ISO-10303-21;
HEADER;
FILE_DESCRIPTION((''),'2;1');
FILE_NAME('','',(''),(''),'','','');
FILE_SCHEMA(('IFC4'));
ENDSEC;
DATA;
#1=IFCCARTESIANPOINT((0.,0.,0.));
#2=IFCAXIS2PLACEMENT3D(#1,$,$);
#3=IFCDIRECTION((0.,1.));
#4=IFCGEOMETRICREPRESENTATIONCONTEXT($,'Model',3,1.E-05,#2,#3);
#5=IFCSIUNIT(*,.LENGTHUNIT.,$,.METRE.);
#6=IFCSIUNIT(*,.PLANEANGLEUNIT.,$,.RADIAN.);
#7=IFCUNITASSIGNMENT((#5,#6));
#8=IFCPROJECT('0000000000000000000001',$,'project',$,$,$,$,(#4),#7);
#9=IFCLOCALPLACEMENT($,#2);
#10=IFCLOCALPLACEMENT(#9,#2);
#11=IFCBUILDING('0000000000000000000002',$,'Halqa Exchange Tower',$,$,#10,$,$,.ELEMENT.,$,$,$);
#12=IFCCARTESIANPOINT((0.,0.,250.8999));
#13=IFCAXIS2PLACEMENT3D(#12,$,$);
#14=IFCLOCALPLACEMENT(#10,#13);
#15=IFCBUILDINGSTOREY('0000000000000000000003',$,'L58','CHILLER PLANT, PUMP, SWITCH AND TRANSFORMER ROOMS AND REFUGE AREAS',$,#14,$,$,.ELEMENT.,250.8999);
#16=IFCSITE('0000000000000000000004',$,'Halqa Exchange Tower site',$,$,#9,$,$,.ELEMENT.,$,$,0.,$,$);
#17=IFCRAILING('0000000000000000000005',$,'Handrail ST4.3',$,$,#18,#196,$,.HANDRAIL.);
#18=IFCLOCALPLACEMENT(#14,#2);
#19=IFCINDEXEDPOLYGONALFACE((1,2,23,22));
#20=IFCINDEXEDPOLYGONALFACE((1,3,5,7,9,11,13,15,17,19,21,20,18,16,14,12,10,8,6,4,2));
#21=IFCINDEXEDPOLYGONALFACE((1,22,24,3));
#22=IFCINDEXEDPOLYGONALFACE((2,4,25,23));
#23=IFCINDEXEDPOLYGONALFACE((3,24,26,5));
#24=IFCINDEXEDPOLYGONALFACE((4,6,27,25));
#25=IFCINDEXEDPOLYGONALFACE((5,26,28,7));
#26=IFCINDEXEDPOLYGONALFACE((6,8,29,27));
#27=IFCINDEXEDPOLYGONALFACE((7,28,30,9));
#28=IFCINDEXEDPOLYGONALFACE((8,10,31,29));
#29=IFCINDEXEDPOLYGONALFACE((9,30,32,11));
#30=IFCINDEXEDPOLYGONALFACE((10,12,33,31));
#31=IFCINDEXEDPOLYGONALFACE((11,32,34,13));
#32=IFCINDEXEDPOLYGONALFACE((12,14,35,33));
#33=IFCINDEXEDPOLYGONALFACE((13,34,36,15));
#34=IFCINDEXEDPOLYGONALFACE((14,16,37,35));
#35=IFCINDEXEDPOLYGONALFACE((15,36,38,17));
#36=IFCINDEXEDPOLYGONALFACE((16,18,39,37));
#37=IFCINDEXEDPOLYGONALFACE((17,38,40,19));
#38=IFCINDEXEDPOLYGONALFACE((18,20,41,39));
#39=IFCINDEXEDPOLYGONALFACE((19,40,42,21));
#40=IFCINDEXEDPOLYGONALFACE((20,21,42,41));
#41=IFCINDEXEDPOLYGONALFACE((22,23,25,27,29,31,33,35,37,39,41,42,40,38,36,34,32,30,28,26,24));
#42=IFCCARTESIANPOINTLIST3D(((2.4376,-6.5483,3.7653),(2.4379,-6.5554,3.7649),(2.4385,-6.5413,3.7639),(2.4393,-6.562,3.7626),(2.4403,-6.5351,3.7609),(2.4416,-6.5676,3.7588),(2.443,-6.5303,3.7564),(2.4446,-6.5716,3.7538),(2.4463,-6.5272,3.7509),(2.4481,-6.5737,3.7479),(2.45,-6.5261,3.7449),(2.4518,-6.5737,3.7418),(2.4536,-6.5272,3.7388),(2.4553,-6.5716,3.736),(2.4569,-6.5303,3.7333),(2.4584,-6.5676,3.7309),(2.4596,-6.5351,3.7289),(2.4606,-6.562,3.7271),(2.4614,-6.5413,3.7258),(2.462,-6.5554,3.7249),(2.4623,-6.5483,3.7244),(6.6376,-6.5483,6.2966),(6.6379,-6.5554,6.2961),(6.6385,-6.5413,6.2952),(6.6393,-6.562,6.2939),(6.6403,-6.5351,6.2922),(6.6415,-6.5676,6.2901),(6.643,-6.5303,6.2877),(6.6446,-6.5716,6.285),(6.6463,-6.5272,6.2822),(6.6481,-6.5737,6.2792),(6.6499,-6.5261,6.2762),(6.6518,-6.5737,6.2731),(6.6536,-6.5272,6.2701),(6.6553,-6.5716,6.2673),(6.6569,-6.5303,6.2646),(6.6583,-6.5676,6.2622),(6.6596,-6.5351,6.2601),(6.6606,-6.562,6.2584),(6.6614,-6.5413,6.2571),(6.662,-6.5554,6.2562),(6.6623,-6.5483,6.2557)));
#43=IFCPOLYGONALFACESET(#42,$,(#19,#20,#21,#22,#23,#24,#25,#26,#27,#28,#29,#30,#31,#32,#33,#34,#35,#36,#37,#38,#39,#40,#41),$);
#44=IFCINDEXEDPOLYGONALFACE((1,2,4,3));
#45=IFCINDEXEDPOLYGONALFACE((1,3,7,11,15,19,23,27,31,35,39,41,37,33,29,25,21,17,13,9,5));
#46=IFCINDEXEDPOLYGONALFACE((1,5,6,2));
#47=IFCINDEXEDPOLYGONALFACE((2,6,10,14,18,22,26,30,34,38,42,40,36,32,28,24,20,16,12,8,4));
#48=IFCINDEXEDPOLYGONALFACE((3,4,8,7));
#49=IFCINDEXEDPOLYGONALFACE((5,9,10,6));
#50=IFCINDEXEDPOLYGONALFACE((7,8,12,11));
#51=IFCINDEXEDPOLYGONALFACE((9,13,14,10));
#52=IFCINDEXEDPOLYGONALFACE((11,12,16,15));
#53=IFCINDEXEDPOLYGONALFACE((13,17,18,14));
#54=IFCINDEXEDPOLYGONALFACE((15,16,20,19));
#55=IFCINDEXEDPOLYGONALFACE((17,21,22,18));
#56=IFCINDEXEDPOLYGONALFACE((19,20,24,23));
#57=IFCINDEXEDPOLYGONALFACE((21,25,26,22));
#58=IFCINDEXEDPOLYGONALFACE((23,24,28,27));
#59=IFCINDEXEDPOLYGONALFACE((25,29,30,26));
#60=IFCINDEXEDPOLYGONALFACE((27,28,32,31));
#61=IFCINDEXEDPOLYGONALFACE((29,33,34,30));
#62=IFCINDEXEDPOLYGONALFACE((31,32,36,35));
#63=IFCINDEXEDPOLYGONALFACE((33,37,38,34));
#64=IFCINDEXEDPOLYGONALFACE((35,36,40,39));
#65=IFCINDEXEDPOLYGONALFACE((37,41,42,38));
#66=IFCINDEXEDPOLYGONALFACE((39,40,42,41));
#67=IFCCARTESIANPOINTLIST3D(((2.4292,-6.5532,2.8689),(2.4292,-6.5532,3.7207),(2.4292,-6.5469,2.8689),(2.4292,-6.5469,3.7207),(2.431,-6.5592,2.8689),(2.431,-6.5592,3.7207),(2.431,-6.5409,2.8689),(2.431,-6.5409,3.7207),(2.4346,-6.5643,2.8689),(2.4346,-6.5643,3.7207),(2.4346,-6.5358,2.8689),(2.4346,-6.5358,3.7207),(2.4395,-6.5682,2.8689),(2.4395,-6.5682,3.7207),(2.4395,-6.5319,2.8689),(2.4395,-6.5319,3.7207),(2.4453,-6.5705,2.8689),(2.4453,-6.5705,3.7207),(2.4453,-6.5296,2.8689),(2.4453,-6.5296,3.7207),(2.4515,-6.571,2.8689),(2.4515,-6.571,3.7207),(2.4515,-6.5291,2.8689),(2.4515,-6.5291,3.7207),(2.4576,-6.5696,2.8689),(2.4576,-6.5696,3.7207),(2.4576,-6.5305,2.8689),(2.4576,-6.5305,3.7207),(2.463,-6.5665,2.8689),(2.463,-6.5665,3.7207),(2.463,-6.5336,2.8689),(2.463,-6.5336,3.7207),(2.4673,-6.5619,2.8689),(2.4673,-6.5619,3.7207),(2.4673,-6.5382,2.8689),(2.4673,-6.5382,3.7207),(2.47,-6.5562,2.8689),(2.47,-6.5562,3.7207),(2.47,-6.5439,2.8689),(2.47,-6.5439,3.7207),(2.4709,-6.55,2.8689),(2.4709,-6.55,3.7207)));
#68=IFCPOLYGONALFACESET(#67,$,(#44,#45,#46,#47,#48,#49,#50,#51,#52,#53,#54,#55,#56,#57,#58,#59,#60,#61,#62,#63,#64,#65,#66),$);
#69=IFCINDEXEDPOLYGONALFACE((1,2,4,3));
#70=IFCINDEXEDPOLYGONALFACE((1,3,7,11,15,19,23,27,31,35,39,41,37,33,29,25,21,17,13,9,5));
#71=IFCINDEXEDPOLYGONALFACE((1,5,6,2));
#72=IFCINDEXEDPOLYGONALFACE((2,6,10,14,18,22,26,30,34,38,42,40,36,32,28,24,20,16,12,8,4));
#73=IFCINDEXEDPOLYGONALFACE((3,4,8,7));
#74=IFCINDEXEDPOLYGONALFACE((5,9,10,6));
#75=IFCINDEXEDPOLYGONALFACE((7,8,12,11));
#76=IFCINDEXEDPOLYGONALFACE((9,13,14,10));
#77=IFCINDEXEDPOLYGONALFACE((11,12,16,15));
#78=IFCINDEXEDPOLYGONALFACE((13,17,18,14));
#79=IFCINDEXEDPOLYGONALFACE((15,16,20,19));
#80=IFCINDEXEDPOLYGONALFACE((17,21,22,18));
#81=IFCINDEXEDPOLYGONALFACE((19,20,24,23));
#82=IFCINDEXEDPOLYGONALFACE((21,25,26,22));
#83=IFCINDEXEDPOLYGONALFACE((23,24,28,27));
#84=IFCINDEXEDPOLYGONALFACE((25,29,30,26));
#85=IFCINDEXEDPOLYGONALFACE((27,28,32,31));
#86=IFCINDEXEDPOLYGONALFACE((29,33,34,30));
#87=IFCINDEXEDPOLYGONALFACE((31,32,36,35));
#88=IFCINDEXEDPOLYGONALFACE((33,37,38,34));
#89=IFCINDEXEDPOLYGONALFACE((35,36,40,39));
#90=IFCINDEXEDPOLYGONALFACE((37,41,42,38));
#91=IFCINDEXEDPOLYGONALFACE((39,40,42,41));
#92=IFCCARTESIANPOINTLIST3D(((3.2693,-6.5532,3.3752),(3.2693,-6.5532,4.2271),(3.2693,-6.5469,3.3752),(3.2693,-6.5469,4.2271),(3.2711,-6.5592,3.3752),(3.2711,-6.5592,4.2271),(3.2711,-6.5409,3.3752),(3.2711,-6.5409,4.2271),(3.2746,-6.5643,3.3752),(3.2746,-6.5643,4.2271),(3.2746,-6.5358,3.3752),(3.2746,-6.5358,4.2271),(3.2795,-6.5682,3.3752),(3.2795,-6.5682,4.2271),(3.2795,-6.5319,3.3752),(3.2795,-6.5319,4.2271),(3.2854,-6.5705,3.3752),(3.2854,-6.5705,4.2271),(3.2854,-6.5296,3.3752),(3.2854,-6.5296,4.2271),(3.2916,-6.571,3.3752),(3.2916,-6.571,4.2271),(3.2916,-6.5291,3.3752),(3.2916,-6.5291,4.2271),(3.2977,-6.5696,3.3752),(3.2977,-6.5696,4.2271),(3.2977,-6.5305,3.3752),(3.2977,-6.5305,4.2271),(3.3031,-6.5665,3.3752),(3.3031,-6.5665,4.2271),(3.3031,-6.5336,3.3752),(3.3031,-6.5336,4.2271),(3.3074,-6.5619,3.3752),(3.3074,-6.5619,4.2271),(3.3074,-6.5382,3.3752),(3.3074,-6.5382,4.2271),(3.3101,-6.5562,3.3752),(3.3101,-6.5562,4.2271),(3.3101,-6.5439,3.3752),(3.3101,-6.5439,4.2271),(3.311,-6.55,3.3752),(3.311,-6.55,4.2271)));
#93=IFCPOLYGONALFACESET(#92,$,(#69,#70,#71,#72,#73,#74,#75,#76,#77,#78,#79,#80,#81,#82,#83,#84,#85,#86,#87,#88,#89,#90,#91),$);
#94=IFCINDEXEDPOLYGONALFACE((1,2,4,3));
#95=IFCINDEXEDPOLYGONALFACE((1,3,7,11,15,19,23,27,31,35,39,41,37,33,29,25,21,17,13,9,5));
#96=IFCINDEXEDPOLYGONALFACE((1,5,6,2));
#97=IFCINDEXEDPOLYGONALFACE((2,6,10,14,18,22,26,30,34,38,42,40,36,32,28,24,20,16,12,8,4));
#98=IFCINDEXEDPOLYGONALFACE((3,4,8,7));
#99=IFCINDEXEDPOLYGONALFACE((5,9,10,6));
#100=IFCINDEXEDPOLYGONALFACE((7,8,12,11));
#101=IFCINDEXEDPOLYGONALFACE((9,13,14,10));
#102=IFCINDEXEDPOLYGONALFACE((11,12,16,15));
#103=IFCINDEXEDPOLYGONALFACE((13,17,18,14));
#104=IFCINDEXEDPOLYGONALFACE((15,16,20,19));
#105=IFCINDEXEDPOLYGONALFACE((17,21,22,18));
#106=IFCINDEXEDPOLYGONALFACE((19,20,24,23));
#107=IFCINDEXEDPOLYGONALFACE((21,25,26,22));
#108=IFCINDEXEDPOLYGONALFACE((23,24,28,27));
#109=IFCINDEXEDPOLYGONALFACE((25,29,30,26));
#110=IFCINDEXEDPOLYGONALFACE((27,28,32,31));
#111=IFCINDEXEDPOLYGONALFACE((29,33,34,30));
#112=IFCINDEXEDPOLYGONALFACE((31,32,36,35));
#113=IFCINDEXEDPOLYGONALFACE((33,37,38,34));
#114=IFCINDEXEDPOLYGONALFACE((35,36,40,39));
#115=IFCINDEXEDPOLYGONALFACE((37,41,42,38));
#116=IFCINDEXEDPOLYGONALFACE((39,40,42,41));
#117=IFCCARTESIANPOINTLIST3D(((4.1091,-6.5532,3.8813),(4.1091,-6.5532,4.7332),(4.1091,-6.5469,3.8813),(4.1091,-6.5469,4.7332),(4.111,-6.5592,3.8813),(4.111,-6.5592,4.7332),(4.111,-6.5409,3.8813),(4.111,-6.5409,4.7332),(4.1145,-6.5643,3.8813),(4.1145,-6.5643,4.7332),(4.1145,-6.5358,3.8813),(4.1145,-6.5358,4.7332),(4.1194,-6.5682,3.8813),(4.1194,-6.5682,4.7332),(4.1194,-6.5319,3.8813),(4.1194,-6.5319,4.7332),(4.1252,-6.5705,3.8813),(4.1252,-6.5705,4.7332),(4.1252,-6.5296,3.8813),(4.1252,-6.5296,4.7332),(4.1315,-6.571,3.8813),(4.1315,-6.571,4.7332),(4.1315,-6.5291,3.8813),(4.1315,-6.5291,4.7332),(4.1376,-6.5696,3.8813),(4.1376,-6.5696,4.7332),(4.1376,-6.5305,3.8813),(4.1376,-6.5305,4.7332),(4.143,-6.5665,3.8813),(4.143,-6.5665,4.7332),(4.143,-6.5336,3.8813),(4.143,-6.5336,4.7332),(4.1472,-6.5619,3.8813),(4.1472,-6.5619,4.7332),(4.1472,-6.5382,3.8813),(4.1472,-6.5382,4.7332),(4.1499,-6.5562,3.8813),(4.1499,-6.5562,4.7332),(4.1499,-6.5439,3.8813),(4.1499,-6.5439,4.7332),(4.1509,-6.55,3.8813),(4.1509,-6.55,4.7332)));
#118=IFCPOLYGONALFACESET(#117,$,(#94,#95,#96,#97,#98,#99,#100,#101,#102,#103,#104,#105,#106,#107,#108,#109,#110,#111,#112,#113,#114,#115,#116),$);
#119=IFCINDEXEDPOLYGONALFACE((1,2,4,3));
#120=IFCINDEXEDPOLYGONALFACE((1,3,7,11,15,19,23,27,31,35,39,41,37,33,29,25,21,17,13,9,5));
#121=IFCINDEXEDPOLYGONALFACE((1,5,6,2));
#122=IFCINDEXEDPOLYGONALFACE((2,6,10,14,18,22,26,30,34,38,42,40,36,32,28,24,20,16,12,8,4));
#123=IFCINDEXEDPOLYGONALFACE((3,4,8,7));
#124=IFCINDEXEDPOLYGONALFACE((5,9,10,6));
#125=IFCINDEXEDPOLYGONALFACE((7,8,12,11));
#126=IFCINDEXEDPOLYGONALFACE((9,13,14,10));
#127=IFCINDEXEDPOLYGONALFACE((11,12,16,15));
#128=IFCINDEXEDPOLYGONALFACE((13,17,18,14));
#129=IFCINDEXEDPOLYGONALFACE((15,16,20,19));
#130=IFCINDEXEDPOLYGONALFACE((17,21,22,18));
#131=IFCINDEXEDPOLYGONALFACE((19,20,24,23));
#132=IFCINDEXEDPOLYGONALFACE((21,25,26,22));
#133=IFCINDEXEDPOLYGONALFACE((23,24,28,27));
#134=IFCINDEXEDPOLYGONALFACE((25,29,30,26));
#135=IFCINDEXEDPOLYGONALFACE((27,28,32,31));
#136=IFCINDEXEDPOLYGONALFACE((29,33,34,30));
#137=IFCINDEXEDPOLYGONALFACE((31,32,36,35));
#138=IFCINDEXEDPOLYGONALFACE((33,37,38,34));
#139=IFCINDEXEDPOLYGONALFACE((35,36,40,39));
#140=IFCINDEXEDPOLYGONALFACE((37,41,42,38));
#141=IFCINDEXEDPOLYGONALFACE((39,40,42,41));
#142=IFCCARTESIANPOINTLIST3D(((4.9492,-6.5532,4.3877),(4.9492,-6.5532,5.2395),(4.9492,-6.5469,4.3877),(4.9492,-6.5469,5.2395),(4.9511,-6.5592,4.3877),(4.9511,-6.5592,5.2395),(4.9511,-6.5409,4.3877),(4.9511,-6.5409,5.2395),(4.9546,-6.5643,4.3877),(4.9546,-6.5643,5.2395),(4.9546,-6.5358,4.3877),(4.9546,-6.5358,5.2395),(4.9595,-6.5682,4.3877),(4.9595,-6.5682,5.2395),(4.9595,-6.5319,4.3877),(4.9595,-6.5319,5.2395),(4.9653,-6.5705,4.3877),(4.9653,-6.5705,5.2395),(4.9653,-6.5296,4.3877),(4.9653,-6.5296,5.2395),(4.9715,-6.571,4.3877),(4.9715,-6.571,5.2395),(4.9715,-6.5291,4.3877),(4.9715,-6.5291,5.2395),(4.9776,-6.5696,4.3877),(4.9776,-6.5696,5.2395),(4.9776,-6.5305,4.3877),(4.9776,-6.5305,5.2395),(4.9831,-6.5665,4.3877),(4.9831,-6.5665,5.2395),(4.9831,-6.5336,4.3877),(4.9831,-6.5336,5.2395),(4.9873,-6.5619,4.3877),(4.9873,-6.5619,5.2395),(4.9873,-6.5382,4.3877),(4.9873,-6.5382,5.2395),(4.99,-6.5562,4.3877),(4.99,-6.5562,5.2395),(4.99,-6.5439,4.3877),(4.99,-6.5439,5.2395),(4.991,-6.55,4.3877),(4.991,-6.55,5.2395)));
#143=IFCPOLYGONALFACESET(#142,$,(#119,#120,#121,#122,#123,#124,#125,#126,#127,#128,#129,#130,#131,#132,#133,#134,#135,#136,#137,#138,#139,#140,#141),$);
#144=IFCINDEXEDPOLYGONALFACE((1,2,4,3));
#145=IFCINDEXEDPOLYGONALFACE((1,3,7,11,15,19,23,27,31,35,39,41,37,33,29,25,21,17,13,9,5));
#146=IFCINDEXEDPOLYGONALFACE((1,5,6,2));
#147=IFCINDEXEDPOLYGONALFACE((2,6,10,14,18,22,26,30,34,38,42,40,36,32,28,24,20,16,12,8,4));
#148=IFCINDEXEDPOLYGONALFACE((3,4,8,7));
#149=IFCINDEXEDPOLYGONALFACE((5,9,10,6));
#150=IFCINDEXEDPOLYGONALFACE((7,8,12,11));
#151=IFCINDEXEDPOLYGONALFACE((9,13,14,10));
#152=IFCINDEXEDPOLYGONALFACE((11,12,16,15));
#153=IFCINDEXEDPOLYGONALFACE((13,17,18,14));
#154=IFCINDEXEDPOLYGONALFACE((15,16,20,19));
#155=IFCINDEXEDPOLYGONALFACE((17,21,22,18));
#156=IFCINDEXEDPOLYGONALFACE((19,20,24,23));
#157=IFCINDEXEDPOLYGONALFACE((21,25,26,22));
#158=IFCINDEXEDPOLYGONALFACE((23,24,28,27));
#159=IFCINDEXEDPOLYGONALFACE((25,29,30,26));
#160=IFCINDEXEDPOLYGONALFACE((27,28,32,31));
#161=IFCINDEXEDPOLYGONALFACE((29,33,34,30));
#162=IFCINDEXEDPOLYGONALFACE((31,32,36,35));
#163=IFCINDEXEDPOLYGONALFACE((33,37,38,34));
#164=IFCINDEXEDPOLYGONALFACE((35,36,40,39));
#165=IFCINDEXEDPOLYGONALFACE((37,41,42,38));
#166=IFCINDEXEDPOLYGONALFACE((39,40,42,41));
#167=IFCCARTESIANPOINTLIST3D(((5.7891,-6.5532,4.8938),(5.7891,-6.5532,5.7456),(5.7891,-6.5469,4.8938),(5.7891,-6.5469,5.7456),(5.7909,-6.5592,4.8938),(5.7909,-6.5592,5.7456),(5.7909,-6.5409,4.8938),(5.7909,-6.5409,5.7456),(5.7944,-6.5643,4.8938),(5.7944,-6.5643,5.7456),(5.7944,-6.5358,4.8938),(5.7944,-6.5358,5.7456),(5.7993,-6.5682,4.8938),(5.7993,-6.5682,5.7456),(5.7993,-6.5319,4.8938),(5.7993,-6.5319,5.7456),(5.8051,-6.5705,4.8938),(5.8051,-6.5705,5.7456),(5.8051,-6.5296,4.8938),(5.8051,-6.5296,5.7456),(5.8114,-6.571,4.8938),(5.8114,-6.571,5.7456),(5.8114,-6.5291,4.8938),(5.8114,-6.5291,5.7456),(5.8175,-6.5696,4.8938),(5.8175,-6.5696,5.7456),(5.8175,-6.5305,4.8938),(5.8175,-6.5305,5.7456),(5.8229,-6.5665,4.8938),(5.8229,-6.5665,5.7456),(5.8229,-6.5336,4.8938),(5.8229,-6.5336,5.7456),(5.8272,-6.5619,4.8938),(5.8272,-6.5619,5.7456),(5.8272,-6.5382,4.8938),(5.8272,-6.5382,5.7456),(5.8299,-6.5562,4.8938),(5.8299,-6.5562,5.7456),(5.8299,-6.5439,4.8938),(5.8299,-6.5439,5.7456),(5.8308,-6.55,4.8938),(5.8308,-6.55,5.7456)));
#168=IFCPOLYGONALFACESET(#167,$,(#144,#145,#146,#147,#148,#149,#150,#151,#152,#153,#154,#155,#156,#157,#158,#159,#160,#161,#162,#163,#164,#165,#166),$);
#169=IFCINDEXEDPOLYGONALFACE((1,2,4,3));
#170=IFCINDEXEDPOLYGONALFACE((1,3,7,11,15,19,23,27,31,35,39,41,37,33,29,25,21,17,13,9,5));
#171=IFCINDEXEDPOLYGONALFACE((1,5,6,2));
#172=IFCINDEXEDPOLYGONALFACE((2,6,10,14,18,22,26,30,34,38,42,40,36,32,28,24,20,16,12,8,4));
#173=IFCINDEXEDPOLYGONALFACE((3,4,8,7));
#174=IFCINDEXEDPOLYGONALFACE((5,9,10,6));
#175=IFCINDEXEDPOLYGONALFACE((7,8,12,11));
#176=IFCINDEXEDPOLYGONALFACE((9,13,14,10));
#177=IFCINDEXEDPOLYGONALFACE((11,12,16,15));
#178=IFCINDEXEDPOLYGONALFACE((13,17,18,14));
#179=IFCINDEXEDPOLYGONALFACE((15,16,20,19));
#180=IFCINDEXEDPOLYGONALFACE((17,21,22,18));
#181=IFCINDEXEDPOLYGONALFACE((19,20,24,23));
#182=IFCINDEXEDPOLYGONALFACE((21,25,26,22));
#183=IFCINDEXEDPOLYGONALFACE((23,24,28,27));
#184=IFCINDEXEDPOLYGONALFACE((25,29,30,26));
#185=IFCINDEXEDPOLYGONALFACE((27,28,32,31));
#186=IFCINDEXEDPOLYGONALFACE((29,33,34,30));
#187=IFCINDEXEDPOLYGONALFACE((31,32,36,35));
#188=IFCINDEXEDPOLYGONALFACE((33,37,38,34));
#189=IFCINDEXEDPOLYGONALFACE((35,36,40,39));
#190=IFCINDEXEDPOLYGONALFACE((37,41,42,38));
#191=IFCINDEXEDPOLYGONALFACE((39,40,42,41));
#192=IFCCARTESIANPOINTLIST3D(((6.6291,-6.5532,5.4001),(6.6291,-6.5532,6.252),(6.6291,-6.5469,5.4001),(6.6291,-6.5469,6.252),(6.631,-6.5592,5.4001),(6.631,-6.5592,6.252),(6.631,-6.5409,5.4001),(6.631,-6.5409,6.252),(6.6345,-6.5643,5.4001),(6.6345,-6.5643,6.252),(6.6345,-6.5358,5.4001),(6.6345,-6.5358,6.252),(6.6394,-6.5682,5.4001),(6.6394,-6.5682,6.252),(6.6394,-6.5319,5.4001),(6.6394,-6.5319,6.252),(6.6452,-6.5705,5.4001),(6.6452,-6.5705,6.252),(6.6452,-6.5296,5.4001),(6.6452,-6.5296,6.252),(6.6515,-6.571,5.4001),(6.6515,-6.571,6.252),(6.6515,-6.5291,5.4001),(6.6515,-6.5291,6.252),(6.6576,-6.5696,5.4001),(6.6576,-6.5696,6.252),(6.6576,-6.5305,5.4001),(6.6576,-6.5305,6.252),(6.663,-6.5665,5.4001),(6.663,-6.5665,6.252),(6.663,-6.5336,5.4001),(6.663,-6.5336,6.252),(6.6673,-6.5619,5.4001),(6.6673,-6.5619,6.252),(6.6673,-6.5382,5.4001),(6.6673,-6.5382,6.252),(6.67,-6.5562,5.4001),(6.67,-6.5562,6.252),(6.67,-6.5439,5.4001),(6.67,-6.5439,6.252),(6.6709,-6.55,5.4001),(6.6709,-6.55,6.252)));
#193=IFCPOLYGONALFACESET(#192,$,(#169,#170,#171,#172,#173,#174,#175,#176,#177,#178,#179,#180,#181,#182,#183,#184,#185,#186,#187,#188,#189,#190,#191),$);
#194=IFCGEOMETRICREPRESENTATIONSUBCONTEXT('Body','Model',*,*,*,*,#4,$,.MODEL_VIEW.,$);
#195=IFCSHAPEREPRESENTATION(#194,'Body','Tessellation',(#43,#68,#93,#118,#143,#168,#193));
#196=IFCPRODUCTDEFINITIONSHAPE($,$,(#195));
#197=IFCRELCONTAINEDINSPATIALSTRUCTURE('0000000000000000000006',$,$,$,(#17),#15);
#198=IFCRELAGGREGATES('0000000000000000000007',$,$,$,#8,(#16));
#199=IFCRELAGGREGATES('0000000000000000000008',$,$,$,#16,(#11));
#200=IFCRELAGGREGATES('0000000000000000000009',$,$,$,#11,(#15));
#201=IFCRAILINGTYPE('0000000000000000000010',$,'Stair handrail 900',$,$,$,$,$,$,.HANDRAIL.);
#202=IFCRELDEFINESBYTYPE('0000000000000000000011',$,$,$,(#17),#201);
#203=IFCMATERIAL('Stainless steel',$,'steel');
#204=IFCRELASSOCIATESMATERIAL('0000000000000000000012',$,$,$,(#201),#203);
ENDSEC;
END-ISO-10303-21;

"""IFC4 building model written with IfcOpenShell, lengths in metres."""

from ifc_helpers import new_model, si_unit, direction, frame, origin, origin_2d, place, context, subcontext, project, spatial, circle, extrude, material, type_object, element, save


model = new_model("IFC4")

# Units and contexts
model_context = context("Model", 3, precision=1e-05, world=origin(), true_north=direction((0.0, 1.0)))
body_context = subcontext(model_context, "Body", "Model", "MODEL_VIEW")
ifc_project = project(units=[si_unit("LENGTHUNIT", "METRE"), si_unit("PLANEANGLEUNIT", "RADIAN")], contexts=[model_context])

# Site, building, storey
site_placement = place(None, origin())
site = spatial("IfcSite", under=ifc_project, at=site_placement, Name="Halqa Exchange Tower site", CompositionType="ELEMENT", RefElevation=0.0)
building_placement = place(site_placement, origin())
building = spatial("IfcBuilding", under=site, at=building_placement, Name="Halqa Exchange Tower", CompositionType="ELEMENT")
storey_placement = place(building_placement, frame((0.0, 0.0, 250.8999)))
storey = spatial("IfcBuildingStorey", under=building, at=storey_placement, Name="L58", Description="CHILLER PLANT, PUMP, SWITCH AND TRANSFORMER ROOMS AND REFUGE AREAS", CompositionType="ELEMENT", Elevation=250.8999)

# Railing
ifc_material_1 = material(Name="Stainless steel", Category="steel")
railing_type_1 = type_object("IfcRailingType", Name="Stair handrail 900", PredefinedType="HANDRAIL", material=ifc_material_1)
railing_1_placement = place(storey_placement, frame((2.45, -6.55, 2.8689)))
element("IfcRailing", 1, at=railing_1_placement, inside=storey, type_object=railing_type_1, Name="Handrail ST4.3", PredefinedType="HANDRAIL", context=body_context, shape_type="SweptSolid", body=[
    extrude(circle(Radius=0.0239, at=origin_2d()), frame((0.0, 0.0, 0.876), z_axis=(0.856476, 0.0, 0.516186), x_axis=(0.0, 1.0, 0.0)), (0.0, 0.0, 1.0), 4.9038),
    extrude(circle(Radius=0.021, at=origin_2d()), origin(), (0.0, 0.0, 1.0), 0.8518),
    extrude(circle(Radius=0.021, at=origin_2d()), frame((0.8401, 0.0, 0.5063)), (0.0, 0.0, 1.0), 0.8518),
    extrude(circle(Radius=0.021, at=origin_2d()), frame((1.6799, 0.0, 1.0125)), (0.0, 0.0, 1.0), 0.8518),
    extrude(circle(Radius=0.021, at=origin_2d()), frame((2.52, 0.0, 1.5188)), (0.0, 0.0, 1.0), 0.8518),
    extrude(circle(Radius=0.021, at=origin_2d()), frame((3.3599, 0.0, 2.0249)), (0.0, 0.0, 1.0), 0.8518),
    extrude(circle(Radius=0.021, at=origin_2d()), frame((4.2, 0.0, 2.5312)), (0.0, 0.0, 1.0), 0.8518),
])

save(model, "model.ifc")
